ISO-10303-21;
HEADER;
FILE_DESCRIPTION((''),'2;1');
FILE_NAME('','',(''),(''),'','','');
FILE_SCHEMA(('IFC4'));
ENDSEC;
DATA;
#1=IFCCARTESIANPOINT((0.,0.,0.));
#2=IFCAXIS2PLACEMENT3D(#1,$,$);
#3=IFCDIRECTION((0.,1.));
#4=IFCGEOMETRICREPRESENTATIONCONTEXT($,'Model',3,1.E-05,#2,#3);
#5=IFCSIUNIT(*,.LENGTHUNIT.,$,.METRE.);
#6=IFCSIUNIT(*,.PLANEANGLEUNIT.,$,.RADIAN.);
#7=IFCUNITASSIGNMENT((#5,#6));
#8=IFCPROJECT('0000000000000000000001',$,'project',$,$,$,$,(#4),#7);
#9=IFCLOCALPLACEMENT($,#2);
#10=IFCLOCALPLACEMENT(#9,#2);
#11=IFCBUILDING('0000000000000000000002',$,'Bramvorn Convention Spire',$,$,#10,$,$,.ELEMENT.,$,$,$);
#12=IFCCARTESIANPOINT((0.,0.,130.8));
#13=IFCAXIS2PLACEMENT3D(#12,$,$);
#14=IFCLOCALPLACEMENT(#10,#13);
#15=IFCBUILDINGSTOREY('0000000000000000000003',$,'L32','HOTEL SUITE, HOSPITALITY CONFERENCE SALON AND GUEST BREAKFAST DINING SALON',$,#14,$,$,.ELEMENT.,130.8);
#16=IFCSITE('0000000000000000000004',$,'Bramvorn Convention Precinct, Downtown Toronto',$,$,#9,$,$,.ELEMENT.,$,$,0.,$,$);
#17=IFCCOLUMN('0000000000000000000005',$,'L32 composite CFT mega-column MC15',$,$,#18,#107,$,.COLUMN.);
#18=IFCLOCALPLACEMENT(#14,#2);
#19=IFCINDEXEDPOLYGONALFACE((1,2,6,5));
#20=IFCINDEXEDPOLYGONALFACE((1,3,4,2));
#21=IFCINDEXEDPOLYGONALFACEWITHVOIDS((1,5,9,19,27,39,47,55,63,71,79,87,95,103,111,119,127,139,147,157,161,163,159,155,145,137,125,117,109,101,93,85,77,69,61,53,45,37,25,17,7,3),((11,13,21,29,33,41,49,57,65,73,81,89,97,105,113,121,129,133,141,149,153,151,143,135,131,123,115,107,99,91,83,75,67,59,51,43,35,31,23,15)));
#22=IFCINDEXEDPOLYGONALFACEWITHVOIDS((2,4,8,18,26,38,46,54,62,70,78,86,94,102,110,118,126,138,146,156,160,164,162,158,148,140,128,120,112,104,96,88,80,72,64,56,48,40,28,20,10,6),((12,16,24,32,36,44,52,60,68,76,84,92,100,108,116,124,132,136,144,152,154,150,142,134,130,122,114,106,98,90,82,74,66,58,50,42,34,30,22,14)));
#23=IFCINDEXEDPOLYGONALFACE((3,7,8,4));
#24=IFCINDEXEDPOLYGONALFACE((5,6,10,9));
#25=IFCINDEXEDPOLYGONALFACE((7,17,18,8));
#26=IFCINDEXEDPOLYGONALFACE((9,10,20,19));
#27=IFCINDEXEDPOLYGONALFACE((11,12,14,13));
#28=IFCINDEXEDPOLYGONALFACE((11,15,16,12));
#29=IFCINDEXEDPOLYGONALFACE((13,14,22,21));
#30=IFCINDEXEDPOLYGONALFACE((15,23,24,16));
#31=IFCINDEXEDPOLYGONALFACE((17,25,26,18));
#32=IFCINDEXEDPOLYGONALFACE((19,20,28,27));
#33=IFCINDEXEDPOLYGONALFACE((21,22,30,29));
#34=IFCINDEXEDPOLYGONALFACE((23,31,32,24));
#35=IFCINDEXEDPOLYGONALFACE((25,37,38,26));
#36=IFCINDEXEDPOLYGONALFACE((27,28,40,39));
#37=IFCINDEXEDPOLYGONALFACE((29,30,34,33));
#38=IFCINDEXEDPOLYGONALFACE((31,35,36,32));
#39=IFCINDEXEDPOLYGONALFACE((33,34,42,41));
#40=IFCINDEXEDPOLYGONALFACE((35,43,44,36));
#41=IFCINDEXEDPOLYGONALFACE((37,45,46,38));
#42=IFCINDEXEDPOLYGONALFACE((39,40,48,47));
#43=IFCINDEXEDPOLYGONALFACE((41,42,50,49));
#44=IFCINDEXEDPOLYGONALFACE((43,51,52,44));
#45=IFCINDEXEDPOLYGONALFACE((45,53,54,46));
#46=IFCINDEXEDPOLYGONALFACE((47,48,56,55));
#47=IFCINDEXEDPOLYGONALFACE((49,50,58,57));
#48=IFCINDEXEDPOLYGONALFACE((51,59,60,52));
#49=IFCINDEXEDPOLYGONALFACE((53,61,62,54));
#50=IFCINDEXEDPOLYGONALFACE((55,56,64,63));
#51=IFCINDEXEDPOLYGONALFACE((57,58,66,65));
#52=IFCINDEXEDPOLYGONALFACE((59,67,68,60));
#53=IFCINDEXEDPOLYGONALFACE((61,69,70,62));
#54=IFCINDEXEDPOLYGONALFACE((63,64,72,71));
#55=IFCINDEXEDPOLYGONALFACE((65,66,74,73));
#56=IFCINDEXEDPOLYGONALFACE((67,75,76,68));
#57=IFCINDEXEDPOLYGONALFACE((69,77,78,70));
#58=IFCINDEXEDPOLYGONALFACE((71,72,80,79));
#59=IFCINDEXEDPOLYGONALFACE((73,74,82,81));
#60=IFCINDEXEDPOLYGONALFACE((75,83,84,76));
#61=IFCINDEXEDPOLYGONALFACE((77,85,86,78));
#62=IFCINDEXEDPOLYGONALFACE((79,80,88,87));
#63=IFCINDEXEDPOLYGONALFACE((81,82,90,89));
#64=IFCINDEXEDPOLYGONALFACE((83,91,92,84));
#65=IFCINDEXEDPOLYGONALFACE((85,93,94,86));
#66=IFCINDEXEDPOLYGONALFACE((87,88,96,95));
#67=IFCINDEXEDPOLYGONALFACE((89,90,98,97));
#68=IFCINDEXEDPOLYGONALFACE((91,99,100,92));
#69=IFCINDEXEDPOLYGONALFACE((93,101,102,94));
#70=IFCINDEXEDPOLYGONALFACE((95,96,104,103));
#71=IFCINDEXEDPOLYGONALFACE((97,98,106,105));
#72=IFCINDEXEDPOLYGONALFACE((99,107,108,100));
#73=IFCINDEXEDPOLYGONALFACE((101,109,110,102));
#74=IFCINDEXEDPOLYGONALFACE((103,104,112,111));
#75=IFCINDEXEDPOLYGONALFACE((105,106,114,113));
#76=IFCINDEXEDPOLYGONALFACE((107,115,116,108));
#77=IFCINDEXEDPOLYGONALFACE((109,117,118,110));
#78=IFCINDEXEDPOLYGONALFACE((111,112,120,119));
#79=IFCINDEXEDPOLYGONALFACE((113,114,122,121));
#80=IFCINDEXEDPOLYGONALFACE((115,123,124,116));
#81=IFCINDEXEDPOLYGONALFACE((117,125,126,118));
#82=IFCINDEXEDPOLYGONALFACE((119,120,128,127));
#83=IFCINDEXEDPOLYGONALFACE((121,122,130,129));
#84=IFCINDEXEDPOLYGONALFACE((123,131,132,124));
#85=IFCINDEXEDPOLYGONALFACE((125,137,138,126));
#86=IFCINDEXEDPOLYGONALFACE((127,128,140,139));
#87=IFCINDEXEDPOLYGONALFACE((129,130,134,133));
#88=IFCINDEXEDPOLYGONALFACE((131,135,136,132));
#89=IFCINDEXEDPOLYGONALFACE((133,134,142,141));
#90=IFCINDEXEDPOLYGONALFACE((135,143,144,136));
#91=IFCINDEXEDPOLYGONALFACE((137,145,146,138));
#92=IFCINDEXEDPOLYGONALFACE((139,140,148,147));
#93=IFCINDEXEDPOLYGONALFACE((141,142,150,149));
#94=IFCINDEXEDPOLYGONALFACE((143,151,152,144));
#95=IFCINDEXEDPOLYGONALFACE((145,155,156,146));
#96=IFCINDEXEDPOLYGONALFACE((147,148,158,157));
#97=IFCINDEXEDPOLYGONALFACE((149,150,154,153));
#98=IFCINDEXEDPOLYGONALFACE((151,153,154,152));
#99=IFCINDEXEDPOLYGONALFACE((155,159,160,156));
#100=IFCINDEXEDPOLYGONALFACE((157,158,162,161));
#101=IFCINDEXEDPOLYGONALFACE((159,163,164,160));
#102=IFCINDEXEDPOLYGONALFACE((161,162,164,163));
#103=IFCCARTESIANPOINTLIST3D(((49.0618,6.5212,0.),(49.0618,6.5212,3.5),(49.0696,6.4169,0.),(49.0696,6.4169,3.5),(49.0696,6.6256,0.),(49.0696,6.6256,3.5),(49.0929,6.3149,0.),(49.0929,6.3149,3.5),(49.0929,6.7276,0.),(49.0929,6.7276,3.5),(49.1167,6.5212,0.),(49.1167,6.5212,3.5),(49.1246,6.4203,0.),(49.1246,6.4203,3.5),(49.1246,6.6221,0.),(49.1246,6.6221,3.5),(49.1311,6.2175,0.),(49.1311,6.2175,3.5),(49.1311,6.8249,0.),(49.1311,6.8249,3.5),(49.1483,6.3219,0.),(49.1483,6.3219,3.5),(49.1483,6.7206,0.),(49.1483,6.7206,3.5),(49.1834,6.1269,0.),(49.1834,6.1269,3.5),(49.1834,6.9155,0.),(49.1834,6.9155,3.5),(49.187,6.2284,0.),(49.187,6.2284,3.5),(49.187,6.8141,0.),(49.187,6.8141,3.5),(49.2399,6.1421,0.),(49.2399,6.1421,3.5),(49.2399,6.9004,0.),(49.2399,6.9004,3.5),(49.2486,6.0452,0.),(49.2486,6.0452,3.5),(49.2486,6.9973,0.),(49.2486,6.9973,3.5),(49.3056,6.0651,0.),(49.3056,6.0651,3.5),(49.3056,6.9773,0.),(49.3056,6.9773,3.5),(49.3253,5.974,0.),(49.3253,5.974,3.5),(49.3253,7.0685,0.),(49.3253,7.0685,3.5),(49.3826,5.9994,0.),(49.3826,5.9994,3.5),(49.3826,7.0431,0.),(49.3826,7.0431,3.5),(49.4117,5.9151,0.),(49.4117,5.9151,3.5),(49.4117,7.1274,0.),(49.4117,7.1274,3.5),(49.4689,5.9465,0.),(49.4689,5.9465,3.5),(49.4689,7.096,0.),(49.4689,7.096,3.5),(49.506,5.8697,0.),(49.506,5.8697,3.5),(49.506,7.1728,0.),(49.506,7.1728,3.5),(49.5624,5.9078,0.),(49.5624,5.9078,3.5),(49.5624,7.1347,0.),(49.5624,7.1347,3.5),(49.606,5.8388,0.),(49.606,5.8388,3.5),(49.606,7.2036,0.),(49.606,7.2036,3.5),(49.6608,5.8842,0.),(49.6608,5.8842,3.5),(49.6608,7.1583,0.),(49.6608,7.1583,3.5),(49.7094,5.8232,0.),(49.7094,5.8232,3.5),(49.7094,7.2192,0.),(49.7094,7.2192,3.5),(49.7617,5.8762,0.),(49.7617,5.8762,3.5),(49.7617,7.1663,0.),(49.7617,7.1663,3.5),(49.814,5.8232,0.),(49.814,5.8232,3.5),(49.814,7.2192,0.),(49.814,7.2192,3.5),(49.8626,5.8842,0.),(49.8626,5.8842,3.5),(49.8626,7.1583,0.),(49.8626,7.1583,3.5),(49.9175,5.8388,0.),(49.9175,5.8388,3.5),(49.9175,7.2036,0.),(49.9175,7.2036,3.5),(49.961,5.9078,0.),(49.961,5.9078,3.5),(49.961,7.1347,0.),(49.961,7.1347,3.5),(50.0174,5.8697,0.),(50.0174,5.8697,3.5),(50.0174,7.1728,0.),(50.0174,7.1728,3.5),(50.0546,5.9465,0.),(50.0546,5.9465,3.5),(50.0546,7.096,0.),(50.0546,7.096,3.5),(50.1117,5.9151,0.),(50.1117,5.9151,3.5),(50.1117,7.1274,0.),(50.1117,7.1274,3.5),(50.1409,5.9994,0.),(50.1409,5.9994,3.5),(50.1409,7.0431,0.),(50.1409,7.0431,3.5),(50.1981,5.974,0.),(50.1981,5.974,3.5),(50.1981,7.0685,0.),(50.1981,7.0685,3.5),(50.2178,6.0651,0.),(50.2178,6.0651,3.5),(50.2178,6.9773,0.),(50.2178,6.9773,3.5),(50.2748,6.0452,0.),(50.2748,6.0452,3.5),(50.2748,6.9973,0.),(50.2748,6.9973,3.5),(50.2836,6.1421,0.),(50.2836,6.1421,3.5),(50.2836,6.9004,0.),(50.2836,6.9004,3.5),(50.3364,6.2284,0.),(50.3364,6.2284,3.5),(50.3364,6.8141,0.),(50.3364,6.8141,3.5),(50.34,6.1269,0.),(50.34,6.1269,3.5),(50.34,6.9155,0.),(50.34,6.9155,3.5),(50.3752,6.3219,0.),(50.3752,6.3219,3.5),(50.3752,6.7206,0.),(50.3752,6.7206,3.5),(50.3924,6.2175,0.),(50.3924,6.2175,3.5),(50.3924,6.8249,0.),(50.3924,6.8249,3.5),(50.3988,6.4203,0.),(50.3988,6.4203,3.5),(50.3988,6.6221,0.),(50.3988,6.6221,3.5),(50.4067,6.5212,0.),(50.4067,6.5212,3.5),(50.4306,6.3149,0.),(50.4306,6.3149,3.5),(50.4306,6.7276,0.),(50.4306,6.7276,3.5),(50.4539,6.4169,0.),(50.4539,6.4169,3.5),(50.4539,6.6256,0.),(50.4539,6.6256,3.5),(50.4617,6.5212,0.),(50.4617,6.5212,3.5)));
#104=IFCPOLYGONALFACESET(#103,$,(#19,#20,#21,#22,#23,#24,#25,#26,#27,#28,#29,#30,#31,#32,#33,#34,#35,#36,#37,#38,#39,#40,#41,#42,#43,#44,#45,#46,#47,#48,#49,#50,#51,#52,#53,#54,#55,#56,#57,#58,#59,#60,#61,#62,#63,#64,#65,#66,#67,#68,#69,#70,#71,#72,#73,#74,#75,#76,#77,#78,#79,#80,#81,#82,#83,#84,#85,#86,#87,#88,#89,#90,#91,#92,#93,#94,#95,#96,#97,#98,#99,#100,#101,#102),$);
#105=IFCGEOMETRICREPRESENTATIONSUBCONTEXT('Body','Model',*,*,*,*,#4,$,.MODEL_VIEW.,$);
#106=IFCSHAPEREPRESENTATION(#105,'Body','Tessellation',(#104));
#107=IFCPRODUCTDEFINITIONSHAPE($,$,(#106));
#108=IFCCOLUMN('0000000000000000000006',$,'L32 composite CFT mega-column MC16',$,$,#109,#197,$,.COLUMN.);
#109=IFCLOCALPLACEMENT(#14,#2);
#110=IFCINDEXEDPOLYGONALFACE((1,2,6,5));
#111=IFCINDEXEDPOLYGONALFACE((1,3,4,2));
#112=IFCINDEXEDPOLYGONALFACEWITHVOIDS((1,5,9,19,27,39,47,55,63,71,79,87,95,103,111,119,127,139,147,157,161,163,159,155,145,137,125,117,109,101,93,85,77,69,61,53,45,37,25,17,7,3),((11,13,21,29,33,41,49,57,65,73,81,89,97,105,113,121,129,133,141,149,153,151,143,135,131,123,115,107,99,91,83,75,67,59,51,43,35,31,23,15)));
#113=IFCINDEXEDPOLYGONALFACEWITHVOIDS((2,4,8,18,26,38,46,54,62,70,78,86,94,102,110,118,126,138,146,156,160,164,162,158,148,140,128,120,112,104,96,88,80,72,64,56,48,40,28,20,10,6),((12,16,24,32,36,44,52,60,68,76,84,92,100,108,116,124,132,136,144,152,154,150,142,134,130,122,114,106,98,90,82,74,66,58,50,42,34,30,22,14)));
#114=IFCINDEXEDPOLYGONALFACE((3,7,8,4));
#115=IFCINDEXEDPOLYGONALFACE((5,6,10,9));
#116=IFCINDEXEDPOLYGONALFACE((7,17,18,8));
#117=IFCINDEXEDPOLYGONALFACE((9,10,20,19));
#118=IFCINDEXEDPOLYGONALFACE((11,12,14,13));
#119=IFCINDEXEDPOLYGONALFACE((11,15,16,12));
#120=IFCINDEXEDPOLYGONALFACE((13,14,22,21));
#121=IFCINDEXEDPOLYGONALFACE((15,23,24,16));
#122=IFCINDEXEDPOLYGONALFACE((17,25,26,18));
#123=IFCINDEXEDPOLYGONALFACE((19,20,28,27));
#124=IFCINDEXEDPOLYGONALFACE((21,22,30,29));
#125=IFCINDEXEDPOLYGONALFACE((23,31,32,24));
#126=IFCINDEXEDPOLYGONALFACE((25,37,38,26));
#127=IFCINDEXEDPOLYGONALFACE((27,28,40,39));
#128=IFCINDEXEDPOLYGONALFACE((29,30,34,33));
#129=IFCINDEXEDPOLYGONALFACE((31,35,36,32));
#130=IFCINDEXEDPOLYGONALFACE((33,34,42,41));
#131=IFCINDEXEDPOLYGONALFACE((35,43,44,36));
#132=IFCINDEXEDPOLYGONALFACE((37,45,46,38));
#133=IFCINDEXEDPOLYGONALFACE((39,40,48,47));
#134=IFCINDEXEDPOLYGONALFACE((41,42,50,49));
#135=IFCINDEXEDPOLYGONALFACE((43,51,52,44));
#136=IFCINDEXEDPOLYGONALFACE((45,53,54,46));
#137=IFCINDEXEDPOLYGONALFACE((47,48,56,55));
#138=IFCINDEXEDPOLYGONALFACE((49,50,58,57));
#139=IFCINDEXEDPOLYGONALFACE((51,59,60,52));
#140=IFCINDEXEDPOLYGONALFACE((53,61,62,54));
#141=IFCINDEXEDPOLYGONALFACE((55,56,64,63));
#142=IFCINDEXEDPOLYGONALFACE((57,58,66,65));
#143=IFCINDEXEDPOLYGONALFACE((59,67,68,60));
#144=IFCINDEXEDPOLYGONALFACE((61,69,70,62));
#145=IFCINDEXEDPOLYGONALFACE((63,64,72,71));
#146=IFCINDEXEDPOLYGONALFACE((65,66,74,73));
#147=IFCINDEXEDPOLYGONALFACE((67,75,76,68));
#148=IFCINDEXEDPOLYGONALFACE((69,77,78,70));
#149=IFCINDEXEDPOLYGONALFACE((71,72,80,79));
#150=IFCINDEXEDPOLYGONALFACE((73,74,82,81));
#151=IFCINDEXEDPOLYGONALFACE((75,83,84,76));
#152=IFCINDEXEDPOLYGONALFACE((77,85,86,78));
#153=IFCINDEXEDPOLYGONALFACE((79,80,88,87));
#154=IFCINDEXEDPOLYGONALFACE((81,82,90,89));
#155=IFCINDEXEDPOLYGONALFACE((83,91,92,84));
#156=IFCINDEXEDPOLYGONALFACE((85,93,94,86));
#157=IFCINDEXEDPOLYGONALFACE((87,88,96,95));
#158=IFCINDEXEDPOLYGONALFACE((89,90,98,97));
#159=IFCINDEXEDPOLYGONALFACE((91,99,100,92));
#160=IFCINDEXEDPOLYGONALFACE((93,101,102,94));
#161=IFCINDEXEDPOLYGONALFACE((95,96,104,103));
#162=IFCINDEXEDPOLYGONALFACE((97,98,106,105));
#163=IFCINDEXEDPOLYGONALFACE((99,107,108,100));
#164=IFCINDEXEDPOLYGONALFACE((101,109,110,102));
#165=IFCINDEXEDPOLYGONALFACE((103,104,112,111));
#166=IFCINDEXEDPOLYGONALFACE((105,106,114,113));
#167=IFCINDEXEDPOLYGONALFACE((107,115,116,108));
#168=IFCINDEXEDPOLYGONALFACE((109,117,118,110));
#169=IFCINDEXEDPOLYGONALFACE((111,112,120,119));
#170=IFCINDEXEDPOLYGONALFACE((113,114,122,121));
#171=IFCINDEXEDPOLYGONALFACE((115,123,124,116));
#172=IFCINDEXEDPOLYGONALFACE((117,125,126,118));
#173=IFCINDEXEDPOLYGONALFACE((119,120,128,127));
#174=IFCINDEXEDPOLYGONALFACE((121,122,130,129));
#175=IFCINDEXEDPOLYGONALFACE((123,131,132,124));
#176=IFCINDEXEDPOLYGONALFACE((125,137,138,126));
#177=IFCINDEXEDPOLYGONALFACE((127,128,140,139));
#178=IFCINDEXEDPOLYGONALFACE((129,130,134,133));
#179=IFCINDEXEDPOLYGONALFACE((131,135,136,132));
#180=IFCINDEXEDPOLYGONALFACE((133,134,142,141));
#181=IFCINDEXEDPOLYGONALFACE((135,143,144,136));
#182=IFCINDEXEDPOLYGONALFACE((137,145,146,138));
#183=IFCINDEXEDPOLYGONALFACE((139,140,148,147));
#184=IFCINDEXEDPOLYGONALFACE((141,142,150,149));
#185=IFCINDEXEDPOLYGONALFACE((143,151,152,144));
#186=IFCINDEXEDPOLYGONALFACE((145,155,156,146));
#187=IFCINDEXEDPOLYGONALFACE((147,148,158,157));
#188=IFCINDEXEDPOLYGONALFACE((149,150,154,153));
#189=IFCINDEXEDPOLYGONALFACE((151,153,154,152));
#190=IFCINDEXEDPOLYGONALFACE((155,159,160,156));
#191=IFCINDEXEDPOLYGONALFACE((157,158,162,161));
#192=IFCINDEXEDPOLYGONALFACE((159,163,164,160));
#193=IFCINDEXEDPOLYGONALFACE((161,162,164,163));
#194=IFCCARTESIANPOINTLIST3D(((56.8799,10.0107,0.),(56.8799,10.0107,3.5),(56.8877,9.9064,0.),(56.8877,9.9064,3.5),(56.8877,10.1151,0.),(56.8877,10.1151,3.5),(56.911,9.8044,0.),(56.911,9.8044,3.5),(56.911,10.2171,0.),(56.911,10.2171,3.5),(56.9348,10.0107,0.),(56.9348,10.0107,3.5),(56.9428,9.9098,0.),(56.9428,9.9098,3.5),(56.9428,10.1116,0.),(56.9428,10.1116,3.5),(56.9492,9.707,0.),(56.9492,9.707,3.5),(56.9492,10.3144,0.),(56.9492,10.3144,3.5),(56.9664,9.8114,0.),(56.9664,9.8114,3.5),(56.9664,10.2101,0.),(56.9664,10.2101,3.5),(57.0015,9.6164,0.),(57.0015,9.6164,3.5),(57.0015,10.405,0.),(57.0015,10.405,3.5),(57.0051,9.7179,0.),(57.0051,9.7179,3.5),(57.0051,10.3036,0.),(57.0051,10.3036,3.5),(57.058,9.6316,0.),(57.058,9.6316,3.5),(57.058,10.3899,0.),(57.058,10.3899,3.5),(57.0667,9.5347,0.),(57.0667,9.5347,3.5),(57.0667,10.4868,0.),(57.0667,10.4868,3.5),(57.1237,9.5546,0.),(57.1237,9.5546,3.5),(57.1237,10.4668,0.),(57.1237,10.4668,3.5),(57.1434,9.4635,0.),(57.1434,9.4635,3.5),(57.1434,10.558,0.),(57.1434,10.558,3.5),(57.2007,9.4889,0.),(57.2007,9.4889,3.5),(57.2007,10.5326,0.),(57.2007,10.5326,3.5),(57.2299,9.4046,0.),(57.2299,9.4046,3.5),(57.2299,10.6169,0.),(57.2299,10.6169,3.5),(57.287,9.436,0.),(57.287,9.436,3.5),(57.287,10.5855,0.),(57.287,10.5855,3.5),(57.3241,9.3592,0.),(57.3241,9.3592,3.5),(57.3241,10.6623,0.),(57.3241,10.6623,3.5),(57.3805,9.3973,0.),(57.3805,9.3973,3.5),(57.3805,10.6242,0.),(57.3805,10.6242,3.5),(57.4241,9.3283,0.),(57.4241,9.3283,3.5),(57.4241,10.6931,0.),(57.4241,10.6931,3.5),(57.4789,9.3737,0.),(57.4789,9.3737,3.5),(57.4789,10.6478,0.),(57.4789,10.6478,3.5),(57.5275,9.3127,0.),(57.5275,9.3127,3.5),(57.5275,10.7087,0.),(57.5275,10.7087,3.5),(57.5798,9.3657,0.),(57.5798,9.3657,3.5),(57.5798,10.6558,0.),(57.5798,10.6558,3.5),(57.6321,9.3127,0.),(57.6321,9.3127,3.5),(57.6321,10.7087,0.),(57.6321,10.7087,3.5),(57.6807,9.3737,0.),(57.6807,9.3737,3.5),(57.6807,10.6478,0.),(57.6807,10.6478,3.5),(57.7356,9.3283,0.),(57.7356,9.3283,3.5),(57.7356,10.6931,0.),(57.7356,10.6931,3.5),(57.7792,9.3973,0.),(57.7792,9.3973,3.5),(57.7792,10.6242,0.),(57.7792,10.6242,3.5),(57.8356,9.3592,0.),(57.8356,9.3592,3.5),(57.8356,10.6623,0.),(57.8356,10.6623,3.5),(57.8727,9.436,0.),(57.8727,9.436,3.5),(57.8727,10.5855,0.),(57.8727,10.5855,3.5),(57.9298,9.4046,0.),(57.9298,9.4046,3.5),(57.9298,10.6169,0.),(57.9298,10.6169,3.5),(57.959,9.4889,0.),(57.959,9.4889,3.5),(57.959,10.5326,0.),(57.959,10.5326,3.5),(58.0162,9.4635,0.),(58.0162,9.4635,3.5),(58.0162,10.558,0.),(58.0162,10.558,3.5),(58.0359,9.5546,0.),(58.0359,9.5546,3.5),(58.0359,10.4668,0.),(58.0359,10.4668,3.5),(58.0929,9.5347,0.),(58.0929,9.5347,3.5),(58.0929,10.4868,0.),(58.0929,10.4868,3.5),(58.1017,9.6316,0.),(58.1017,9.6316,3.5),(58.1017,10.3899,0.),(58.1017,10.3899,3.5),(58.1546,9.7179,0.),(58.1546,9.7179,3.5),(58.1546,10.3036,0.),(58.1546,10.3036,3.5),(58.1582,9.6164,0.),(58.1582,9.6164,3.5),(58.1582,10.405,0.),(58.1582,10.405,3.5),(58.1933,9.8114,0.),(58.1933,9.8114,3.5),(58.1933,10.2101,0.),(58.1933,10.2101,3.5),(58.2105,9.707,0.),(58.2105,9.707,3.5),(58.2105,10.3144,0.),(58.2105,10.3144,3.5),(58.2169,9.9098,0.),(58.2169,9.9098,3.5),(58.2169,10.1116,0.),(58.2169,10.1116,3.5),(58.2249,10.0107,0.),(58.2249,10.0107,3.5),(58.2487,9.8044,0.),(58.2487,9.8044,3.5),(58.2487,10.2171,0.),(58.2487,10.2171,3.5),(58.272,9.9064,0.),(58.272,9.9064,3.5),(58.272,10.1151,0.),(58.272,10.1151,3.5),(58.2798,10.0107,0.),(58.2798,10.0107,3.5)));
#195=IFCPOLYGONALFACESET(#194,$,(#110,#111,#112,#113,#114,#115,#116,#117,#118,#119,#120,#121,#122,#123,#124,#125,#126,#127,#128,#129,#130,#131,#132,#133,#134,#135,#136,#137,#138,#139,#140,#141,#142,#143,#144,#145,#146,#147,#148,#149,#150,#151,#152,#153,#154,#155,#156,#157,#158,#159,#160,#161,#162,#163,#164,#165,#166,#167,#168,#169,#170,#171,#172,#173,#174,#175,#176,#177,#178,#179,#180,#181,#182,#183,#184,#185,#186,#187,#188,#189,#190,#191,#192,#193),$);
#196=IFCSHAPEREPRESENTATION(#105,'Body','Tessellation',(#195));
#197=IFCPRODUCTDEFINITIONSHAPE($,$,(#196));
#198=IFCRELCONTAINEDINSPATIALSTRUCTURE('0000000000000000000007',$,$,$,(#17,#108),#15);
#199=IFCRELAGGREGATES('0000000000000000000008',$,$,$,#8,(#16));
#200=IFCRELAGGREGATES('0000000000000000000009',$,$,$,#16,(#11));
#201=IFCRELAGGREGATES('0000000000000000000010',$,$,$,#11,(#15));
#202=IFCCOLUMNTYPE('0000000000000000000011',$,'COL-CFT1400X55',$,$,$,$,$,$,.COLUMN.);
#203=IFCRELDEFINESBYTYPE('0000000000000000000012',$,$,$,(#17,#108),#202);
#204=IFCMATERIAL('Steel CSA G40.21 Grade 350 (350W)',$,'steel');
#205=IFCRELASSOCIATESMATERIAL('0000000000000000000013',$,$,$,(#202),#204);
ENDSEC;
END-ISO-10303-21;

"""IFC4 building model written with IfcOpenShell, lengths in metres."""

from ifc_helpers import new_model, si_unit, direction, frame, origin, origin_2d, place, context, subcontext, project, spatial, hollow_circle, extrude, material, material_profile, profile_set, type_object, element, save


model = new_model("IFC4")

# Units and contexts
model_context = context("Model", 3, precision=1e-05, world=origin(), true_north=direction((0.0, 1.0)))
body_context = subcontext(model_context, "Body", "Model", "MODEL_VIEW")
ifc_project = project(units=[si_unit("LENGTHUNIT", "METRE"), si_unit("PLANEANGLEUNIT", "RADIAN")], contexts=[model_context])

# Site, building, storey
site_placement = place(None, origin())
site = spatial("IfcSite", under=ifc_project, at=site_placement, Name="Bramvorn Convention Precinct, Downtown Toronto", CompositionType="ELEMENT", RefElevation=0.0)
building_placement = place(site_placement, origin())
building = spatial("IfcBuilding", under=site, at=building_placement, Name="Bramvorn Convention Spire", CompositionType="ELEMENT")
storey_placement = place(building_placement, frame((0.0, 0.0, 130.8)))
storey = spatial("IfcBuildingStorey", under=building, at=storey_placement, Name="L32", Description="HOTEL SUITE, HOSPITALITY CONFERENCE SALON AND GUEST BREAKFAST DINING SALON", CompositionType="ELEMENT", Elevation=130.8)

# Columns
ifc_material_1 = material(Name="Steel CSA G40.21 Grade 350 (350W)", Category="steel")
ifc_material_profile_1 = material_profile(ifc_material_1, hollow_circle(Radius=0.7, WallThickness=0.0549, at=origin_2d()))
ifc_profile_set_1 = profile_set([ifc_material_profile_1], Name="Steel CSA G40.21 Grade 350 (350W) - CFT1400X55")
column_type = type_object("IfcColumnType", Name="COL-CFT1400X55", PredefinedType="COLUMN", material=ifc_profile_set_1)
for number, where, z_axis, x_axis, name in (
    (1, (49.7617, 6.5212, 0.0), (0.0, 0.0, 1.0), (1.0, 0.0, 0.0), "L32 composite CFT mega-column MC15"),
    (2, (57.5798, 10.0107, 0.0), (0.0, 0.0, 1.0), (1.0, 0.0, 0.0), "L32 composite CFT mega-column MC16"),
):
    element("IfcColumn", number, at=place(storey_placement, frame(where, z_axis=z_axis, x_axis=x_axis)), inside=storey, type_object=column_type, Name=name, PredefinedType="COLUMN", context=body_context, shape_type="SweptSolid", body=[
        extrude(hollow_circle(Radius=0.7, WallThickness=0.0549, at=origin_2d()), origin(), (0.0, 0.0, 1.0), 3.5),
    ])

save(model, "model.ifc")
